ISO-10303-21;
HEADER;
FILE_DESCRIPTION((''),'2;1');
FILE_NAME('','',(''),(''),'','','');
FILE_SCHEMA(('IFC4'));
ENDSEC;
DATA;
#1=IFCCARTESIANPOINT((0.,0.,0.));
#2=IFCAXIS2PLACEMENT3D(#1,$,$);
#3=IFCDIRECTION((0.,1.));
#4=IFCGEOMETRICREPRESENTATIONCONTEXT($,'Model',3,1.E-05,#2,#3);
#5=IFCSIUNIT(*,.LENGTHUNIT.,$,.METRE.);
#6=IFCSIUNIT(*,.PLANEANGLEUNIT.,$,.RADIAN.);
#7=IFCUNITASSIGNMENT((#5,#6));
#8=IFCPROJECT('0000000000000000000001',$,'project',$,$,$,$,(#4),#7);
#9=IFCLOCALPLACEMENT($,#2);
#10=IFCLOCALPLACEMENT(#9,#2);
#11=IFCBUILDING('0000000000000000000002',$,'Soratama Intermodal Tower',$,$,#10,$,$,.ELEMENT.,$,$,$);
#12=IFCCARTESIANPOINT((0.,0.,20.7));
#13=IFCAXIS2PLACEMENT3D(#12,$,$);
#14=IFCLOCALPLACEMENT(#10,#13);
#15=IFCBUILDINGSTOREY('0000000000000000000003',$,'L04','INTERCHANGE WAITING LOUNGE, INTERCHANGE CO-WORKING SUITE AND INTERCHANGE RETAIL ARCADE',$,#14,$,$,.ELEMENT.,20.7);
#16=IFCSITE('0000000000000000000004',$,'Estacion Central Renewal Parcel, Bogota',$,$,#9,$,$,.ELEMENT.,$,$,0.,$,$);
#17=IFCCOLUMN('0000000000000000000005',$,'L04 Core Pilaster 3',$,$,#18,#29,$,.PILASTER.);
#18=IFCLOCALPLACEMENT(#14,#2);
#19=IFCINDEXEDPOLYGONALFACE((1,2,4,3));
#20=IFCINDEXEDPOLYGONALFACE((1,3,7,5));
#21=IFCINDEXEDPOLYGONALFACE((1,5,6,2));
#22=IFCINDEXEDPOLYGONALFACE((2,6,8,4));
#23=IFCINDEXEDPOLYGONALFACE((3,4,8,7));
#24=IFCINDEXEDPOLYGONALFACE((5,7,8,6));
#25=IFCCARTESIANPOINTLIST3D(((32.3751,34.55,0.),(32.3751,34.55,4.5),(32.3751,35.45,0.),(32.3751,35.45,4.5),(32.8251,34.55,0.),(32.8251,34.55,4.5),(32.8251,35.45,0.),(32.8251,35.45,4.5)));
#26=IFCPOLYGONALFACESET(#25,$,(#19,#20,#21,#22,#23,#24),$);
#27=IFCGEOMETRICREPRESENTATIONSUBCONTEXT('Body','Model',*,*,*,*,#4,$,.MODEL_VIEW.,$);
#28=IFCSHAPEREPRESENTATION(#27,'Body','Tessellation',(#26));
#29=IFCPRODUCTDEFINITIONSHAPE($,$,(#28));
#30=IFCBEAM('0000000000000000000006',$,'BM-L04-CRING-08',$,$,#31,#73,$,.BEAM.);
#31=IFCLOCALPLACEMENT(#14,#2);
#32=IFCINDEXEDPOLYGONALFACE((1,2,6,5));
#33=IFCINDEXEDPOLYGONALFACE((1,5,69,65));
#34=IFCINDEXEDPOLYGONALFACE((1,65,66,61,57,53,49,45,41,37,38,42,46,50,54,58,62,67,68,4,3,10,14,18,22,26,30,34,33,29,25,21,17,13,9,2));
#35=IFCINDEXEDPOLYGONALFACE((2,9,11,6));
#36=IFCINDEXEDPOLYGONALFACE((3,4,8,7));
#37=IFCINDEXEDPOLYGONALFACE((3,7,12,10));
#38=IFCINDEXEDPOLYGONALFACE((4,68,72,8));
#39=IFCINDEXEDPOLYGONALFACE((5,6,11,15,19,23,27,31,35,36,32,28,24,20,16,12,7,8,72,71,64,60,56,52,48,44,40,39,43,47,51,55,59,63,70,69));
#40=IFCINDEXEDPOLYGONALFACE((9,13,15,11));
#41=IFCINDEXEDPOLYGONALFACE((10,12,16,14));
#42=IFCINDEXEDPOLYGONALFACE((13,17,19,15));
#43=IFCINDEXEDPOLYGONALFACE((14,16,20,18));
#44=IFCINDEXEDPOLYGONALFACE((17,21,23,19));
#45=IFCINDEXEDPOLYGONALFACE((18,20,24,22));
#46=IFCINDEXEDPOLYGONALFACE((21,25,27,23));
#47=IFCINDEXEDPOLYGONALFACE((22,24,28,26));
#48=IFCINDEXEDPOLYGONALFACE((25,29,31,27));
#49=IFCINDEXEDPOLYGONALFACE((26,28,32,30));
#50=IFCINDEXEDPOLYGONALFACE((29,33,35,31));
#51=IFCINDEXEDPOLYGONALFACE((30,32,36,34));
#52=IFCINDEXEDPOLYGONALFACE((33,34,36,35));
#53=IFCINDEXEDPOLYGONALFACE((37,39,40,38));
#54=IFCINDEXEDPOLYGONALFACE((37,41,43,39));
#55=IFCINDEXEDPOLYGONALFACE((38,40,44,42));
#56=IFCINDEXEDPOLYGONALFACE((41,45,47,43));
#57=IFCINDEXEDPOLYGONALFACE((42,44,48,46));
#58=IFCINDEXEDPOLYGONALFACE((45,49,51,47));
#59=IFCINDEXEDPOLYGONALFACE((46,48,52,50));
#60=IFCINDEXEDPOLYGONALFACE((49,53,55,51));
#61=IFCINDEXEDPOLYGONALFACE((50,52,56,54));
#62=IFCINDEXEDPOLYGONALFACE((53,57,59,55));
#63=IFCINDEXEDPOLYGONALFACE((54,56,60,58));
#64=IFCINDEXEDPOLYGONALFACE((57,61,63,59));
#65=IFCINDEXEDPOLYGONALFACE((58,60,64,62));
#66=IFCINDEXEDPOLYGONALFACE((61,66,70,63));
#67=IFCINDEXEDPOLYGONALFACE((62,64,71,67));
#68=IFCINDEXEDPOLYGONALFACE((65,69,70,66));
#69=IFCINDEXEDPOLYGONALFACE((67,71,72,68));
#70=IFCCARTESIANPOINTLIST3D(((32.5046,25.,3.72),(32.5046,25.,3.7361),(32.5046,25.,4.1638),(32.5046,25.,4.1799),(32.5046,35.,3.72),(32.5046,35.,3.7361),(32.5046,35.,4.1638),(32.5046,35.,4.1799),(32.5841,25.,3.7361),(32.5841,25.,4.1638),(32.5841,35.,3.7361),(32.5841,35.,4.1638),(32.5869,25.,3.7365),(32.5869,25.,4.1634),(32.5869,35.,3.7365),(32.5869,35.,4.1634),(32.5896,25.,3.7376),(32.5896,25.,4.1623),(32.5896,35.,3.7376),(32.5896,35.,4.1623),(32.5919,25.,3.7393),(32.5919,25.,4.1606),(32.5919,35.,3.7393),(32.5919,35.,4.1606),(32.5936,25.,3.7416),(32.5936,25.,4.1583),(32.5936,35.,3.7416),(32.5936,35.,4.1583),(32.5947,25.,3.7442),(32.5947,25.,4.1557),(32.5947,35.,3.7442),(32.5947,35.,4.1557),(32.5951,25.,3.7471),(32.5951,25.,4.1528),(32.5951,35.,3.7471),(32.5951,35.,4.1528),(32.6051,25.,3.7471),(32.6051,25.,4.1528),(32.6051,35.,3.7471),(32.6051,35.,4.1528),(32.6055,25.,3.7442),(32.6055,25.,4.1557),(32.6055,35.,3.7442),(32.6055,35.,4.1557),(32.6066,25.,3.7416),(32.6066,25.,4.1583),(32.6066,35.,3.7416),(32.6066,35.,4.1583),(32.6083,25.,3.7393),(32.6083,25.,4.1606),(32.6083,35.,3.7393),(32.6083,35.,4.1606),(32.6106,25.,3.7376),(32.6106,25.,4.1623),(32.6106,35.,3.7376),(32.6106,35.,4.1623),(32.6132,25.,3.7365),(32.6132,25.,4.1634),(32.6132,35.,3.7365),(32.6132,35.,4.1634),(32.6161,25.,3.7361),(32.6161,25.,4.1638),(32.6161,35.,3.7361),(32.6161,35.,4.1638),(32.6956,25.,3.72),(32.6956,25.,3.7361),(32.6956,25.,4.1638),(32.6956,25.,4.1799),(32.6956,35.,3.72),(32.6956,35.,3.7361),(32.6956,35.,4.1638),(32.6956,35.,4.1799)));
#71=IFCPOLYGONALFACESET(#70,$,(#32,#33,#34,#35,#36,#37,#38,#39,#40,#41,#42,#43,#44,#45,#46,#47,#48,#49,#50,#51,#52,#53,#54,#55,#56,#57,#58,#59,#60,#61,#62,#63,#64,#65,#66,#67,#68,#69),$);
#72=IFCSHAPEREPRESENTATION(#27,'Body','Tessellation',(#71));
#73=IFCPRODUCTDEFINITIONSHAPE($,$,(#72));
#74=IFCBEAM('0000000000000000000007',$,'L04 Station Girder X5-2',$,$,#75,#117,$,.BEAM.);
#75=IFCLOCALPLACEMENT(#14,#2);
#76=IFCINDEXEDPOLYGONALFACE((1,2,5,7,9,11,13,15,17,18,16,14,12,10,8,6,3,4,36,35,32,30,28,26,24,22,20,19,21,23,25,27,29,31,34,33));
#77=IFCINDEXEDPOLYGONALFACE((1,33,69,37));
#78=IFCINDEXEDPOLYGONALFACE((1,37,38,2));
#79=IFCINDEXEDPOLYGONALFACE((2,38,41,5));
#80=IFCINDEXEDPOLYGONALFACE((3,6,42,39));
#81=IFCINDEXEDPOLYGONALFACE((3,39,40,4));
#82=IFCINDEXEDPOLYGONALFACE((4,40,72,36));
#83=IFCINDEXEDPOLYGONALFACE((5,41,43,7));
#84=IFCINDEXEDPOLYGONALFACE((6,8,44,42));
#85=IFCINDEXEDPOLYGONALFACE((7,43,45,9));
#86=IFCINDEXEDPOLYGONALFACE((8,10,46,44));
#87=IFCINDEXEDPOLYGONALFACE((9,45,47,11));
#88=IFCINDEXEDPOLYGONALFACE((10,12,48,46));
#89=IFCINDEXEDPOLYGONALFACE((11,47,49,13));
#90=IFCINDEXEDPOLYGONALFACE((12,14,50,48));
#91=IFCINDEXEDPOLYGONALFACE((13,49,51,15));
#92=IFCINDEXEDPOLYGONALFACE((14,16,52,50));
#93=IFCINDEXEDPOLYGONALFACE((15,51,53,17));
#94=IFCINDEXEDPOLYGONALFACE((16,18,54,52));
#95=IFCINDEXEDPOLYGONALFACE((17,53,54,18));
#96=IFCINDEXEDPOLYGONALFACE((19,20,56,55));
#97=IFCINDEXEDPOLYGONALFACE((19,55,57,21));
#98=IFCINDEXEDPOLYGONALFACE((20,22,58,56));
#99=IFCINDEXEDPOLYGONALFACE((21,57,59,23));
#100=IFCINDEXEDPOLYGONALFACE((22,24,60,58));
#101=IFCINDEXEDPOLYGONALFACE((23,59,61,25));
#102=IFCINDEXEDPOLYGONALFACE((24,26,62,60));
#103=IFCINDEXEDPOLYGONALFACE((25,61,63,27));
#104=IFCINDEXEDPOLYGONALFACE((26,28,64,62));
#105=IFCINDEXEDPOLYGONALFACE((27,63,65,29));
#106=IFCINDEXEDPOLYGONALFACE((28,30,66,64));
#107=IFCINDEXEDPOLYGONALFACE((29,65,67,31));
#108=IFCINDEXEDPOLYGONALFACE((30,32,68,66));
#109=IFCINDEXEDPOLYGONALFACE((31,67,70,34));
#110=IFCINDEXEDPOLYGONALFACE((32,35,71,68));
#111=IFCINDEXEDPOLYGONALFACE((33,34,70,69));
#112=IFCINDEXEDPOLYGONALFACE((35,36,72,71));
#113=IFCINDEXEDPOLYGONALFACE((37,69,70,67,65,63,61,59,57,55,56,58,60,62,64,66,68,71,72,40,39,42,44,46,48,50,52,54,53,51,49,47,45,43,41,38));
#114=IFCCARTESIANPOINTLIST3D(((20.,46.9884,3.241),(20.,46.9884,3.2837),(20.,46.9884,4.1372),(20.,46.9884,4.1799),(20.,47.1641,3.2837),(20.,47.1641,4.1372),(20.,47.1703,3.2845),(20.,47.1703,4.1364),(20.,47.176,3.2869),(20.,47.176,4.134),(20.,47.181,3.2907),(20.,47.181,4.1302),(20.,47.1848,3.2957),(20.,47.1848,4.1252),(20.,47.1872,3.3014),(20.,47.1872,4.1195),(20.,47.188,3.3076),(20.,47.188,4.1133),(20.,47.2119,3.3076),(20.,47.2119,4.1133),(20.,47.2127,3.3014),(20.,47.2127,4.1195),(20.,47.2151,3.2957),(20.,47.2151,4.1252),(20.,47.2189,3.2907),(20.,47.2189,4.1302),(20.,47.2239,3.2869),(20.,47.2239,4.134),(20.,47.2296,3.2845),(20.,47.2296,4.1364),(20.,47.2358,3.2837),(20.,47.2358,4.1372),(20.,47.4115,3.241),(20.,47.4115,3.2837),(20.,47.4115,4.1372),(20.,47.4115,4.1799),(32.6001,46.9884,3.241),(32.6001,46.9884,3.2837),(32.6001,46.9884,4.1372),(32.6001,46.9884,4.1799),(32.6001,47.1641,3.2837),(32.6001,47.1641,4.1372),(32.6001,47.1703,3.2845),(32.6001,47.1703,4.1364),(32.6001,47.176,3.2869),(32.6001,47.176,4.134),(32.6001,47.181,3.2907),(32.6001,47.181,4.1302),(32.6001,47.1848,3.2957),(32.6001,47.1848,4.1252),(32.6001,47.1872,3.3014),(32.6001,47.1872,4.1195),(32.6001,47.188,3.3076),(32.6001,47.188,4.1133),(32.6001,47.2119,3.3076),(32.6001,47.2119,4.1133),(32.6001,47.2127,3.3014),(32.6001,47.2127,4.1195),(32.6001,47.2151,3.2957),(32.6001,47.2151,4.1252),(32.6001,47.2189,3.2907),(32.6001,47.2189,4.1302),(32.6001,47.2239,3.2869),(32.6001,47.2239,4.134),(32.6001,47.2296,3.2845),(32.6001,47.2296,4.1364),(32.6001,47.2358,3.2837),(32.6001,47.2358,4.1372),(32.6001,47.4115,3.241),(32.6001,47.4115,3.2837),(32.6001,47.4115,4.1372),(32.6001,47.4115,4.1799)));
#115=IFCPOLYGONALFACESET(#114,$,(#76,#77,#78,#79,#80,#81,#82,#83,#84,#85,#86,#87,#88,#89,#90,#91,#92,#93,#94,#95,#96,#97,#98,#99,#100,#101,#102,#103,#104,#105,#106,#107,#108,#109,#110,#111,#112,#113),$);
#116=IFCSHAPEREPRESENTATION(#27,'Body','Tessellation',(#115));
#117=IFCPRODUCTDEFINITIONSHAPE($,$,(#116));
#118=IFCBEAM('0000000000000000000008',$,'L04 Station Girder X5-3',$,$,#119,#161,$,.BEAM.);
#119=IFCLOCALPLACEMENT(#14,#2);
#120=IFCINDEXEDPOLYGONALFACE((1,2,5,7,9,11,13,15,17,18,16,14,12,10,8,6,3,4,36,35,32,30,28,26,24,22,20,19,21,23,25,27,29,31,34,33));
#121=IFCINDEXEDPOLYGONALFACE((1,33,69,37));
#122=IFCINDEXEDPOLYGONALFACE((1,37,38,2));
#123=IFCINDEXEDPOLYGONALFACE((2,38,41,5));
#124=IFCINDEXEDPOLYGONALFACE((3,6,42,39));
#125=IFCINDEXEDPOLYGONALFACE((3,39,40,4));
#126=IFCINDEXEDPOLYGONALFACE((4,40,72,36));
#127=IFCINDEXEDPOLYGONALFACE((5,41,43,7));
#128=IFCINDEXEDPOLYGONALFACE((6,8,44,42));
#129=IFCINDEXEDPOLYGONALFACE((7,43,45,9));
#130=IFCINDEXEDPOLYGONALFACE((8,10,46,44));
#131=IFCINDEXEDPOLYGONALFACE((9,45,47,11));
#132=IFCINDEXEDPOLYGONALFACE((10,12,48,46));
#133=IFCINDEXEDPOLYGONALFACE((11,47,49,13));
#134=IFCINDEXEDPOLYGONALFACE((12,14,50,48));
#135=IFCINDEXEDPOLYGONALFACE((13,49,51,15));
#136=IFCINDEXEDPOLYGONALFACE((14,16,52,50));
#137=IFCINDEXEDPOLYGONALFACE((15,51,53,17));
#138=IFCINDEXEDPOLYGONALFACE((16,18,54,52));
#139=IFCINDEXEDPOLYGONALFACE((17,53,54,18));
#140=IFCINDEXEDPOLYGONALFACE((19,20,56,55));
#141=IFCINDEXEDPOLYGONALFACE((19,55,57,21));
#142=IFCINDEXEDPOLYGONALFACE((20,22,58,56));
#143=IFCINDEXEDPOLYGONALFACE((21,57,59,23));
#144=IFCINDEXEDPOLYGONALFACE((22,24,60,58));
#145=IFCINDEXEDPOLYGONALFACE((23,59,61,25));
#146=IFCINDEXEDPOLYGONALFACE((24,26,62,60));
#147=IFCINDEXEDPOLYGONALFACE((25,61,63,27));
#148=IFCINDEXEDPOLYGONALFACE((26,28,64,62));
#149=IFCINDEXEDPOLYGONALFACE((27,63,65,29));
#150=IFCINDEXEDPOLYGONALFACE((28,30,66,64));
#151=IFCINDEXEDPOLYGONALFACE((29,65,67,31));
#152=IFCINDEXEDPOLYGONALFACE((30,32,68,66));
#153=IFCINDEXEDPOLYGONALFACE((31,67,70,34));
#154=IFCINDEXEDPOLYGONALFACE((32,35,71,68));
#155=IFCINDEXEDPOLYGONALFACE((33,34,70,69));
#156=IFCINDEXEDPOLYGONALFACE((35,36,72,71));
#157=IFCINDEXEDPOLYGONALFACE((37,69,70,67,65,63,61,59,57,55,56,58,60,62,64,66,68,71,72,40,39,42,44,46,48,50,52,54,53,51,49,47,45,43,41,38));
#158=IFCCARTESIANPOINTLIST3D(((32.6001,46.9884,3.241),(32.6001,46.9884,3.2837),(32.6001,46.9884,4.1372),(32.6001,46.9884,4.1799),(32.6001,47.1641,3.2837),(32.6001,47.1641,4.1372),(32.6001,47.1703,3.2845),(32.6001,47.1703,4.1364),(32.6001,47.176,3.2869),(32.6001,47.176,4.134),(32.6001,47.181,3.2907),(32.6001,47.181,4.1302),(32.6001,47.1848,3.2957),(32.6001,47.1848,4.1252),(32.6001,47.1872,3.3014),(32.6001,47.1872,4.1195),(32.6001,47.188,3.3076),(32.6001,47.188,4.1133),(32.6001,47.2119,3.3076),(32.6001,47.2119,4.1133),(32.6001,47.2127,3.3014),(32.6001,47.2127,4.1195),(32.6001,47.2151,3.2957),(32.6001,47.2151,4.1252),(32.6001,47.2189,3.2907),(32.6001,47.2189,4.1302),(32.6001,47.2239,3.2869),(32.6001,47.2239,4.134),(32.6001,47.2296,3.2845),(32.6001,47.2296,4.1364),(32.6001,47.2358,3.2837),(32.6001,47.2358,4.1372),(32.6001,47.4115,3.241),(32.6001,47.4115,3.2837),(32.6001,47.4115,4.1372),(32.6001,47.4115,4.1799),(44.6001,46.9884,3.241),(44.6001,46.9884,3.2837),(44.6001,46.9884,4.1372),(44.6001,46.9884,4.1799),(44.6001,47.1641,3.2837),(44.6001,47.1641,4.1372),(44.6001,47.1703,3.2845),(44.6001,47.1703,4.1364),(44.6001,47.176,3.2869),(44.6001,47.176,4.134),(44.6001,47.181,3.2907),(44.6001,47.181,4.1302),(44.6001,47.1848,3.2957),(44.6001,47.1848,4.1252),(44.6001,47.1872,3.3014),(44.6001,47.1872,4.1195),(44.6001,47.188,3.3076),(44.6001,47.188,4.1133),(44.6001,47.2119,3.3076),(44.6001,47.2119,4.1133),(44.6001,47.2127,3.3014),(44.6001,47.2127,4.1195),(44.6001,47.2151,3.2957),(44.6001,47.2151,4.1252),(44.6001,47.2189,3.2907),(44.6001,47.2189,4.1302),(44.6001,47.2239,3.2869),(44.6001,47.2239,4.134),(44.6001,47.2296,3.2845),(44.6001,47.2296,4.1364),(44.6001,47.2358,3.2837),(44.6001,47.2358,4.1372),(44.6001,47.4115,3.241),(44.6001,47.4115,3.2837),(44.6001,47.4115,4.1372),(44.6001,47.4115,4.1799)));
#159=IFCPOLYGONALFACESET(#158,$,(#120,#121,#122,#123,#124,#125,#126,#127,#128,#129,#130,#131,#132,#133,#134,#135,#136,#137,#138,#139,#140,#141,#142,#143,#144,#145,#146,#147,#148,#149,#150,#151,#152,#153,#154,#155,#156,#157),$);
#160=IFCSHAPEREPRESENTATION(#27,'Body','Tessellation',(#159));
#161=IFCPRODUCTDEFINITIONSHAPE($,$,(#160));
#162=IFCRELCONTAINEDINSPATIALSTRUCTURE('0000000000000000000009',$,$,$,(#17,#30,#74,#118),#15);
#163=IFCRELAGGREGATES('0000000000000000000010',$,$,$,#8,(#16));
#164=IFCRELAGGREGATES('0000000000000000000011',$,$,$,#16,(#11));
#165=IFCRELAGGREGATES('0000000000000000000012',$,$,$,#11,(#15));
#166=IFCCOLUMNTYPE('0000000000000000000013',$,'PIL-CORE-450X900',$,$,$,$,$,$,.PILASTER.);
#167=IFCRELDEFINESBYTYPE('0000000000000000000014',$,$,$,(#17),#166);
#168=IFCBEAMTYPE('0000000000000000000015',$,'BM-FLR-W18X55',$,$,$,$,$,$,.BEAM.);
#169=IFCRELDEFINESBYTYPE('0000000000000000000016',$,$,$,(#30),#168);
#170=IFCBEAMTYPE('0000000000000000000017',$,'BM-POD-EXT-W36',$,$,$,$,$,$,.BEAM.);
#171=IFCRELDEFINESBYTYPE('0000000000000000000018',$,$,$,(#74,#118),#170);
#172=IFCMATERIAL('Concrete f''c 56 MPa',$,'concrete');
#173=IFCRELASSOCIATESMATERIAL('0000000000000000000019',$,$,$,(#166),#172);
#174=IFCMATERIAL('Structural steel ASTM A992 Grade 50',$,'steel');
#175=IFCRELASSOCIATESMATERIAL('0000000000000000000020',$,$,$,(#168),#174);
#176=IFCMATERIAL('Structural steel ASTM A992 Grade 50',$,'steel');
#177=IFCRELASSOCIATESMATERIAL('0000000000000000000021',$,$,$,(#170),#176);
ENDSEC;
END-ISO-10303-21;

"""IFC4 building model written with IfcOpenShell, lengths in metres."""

from ifc_helpers import new_model, si_unit, direction, frame, origin, origin_2d, place, context, subcontext, project, spatial, rectangle, i_section, extrude, material, material_profile, profile_set, type_object, element, save


model = new_model("IFC4")

# Units and contexts
model_context = context("Model", 3, precision=1e-05, world=origin(), true_north=direction((0.0, 1.0)))
body_context = subcontext(model_context, "Body", "Model", "MODEL_VIEW")
ifc_project = project(units=[si_unit("LENGTHUNIT", "METRE"), si_unit("PLANEANGLEUNIT", "RADIAN")], contexts=[model_context])

# Site, building, storey
site_placement = place(None, origin())
site = spatial("IfcSite", under=ifc_project, at=site_placement, Name="Estacion Central Renewal Parcel, Bogota", CompositionType="ELEMENT", RefElevation=0.0)
building_placement = place(site_placement, origin())
building = spatial("IfcBuilding", under=site, at=building_placement, Name="Soratama Intermodal Tower", CompositionType="ELEMENT")
storey_placement = place(building_placement, frame((0.0, 0.0, 20.7)))
storey = spatial("IfcBuildingStorey", under=building, at=storey_placement, Name="L04", Description="INTERCHANGE WAITING LOUNGE, INTERCHANGE CO-WORKING SUITE AND INTERCHANGE RETAIL ARCADE", CompositionType="ELEMENT", Elevation=20.7)

# Column
ifc_material_1 = material(Name="Concrete f'c 56 MPa", Category="concrete")
ifc_material_profile_1 = material_profile(ifc_material_1, rectangle(XDim=0.45, YDim=0.8999, at=origin_2d()), Name="RC450X900")
ifc_profile_set_1 = profile_set([ifc_material_profile_1], Name="Concrete f'c 56 MPa")
column_type_1 = type_object("IfcColumnType", Name="PIL-CORE-450X900", PredefinedType="PILASTER", material=ifc_profile_set_1)
column_1_placement = place(storey_placement, frame((32.6001, 35.0, 0.0), z_axis=(0.0, 0.0, 1.0), x_axis=(1.0, 0.0, 0.0)))
element("IfcColumn", 1, at=column_1_placement, inside=storey, type_object=column_type_1, Name="L04 Core Pilaster 3", PredefinedType="PILASTER", context=body_context, shape_type="SweptSolid", body=[
    extrude(rectangle(XDim=0.45, YDim=0.8999, at=origin_2d()), origin(), (0.0, 0.0, 1.0), 4.5),
])

# Beams
ifc_material_2 = material(Name="Structural steel ASTM A992 Grade 50", Category="steel")
ifc_material_profile_2 = material_profile(ifc_material_2, i_section(OverallWidth=0.1909, OverallDepth=0.46, WebThickness=0.01, FlangeThickness=0.0161, FilletRadius=0.011, at=origin_2d()), Name="W18X55")
ifc_profile_set_2 = profile_set([ifc_material_profile_2], Name="Structural steel ASTM A992 Grade 50")
beam_type_1 = type_object("IfcBeamType", Name="BM-FLR-W18X55", PredefinedType="BEAM", material=ifc_profile_set_2)
beam_1_placement = place(storey_placement, frame((32.6001, 35.0, 3.95), z_axis=(0.0, -1.0, 0.0), x_axis=(1.0, 0.0, 0.0)))
element("IfcBeam", 2, at=beam_1_placement, inside=storey, type_object=beam_type_1, Name="BM-L04-CRING-08", PredefinedType="BEAM", context=body_context, shape_type="SweptSolid", body=[
    extrude(i_section(OverallWidth=0.1909, OverallDepth=0.46, WebThickness=0.01, FlangeThickness=0.0161, FilletRadius=0.011, at=origin_2d()), origin(), (0.0, 0.0, 1.0), 10.0),
])
ifc_material_3 = material(Name="Structural steel ASTM A992 Grade 50", Category="steel")
ifc_material_profile_3 = material_profile(ifc_material_3, i_section(OverallWidth=0.4231, OverallDepth=0.939, WebThickness=0.0239, FlangeThickness=0.0427, FilletRadius=0.0239, at=origin_2d()), Name="W36X302")
ifc_profile_set_3 = profile_set([ifc_material_profile_3], Name="Structural steel ASTM A992 Grade 50")
beam_type_2 = type_object("IfcBeamType", Name="BM-POD-EXT-W36", PredefinedType="BEAM", material=ifc_profile_set_3)
beam_2_placement = place(storey_placement, frame((20.0, 47.2, 3.7104), z_axis=(1.0, 0.0, 0.0), x_axis=(0.0, 1.0, 0.0)))
element("IfcBeam", 3, at=beam_2_placement, inside=storey, type_object=beam_type_2, Name="L04 Station Girder X5-2", PredefinedType="BEAM", context=body_context, shape_type="SweptSolid", body=[
    extrude(i_section(OverallWidth=0.4231, OverallDepth=0.939, WebThickness=0.0239, FlangeThickness=0.0427, FilletRadius=0.0239, at=origin_2d()), origin(), (0.0, 0.0, 1.0), 12.6001),
])
beam_3_placement = place(storey_placement, frame((32.6001, 47.2, 3.7104), z_axis=(1.0, 0.0, 0.0), x_axis=(0.0, 1.0, 0.0)))
element("IfcBeam", 4, at=beam_3_placement, inside=storey, type_object=beam_type_2, Name="L04 Station Girder X5-3", PredefinedType="BEAM", context=body_context, shape_type="SweptSolid", body=[
    extrude(i_section(OverallWidth=0.4231, OverallDepth=0.939, WebThickness=0.0239, FlangeThickness=0.0427, FilletRadius=0.0239, at=origin_2d()), origin(), (0.0, 0.0, 1.0), 12.0),
])

save(model, "model.ifc")
